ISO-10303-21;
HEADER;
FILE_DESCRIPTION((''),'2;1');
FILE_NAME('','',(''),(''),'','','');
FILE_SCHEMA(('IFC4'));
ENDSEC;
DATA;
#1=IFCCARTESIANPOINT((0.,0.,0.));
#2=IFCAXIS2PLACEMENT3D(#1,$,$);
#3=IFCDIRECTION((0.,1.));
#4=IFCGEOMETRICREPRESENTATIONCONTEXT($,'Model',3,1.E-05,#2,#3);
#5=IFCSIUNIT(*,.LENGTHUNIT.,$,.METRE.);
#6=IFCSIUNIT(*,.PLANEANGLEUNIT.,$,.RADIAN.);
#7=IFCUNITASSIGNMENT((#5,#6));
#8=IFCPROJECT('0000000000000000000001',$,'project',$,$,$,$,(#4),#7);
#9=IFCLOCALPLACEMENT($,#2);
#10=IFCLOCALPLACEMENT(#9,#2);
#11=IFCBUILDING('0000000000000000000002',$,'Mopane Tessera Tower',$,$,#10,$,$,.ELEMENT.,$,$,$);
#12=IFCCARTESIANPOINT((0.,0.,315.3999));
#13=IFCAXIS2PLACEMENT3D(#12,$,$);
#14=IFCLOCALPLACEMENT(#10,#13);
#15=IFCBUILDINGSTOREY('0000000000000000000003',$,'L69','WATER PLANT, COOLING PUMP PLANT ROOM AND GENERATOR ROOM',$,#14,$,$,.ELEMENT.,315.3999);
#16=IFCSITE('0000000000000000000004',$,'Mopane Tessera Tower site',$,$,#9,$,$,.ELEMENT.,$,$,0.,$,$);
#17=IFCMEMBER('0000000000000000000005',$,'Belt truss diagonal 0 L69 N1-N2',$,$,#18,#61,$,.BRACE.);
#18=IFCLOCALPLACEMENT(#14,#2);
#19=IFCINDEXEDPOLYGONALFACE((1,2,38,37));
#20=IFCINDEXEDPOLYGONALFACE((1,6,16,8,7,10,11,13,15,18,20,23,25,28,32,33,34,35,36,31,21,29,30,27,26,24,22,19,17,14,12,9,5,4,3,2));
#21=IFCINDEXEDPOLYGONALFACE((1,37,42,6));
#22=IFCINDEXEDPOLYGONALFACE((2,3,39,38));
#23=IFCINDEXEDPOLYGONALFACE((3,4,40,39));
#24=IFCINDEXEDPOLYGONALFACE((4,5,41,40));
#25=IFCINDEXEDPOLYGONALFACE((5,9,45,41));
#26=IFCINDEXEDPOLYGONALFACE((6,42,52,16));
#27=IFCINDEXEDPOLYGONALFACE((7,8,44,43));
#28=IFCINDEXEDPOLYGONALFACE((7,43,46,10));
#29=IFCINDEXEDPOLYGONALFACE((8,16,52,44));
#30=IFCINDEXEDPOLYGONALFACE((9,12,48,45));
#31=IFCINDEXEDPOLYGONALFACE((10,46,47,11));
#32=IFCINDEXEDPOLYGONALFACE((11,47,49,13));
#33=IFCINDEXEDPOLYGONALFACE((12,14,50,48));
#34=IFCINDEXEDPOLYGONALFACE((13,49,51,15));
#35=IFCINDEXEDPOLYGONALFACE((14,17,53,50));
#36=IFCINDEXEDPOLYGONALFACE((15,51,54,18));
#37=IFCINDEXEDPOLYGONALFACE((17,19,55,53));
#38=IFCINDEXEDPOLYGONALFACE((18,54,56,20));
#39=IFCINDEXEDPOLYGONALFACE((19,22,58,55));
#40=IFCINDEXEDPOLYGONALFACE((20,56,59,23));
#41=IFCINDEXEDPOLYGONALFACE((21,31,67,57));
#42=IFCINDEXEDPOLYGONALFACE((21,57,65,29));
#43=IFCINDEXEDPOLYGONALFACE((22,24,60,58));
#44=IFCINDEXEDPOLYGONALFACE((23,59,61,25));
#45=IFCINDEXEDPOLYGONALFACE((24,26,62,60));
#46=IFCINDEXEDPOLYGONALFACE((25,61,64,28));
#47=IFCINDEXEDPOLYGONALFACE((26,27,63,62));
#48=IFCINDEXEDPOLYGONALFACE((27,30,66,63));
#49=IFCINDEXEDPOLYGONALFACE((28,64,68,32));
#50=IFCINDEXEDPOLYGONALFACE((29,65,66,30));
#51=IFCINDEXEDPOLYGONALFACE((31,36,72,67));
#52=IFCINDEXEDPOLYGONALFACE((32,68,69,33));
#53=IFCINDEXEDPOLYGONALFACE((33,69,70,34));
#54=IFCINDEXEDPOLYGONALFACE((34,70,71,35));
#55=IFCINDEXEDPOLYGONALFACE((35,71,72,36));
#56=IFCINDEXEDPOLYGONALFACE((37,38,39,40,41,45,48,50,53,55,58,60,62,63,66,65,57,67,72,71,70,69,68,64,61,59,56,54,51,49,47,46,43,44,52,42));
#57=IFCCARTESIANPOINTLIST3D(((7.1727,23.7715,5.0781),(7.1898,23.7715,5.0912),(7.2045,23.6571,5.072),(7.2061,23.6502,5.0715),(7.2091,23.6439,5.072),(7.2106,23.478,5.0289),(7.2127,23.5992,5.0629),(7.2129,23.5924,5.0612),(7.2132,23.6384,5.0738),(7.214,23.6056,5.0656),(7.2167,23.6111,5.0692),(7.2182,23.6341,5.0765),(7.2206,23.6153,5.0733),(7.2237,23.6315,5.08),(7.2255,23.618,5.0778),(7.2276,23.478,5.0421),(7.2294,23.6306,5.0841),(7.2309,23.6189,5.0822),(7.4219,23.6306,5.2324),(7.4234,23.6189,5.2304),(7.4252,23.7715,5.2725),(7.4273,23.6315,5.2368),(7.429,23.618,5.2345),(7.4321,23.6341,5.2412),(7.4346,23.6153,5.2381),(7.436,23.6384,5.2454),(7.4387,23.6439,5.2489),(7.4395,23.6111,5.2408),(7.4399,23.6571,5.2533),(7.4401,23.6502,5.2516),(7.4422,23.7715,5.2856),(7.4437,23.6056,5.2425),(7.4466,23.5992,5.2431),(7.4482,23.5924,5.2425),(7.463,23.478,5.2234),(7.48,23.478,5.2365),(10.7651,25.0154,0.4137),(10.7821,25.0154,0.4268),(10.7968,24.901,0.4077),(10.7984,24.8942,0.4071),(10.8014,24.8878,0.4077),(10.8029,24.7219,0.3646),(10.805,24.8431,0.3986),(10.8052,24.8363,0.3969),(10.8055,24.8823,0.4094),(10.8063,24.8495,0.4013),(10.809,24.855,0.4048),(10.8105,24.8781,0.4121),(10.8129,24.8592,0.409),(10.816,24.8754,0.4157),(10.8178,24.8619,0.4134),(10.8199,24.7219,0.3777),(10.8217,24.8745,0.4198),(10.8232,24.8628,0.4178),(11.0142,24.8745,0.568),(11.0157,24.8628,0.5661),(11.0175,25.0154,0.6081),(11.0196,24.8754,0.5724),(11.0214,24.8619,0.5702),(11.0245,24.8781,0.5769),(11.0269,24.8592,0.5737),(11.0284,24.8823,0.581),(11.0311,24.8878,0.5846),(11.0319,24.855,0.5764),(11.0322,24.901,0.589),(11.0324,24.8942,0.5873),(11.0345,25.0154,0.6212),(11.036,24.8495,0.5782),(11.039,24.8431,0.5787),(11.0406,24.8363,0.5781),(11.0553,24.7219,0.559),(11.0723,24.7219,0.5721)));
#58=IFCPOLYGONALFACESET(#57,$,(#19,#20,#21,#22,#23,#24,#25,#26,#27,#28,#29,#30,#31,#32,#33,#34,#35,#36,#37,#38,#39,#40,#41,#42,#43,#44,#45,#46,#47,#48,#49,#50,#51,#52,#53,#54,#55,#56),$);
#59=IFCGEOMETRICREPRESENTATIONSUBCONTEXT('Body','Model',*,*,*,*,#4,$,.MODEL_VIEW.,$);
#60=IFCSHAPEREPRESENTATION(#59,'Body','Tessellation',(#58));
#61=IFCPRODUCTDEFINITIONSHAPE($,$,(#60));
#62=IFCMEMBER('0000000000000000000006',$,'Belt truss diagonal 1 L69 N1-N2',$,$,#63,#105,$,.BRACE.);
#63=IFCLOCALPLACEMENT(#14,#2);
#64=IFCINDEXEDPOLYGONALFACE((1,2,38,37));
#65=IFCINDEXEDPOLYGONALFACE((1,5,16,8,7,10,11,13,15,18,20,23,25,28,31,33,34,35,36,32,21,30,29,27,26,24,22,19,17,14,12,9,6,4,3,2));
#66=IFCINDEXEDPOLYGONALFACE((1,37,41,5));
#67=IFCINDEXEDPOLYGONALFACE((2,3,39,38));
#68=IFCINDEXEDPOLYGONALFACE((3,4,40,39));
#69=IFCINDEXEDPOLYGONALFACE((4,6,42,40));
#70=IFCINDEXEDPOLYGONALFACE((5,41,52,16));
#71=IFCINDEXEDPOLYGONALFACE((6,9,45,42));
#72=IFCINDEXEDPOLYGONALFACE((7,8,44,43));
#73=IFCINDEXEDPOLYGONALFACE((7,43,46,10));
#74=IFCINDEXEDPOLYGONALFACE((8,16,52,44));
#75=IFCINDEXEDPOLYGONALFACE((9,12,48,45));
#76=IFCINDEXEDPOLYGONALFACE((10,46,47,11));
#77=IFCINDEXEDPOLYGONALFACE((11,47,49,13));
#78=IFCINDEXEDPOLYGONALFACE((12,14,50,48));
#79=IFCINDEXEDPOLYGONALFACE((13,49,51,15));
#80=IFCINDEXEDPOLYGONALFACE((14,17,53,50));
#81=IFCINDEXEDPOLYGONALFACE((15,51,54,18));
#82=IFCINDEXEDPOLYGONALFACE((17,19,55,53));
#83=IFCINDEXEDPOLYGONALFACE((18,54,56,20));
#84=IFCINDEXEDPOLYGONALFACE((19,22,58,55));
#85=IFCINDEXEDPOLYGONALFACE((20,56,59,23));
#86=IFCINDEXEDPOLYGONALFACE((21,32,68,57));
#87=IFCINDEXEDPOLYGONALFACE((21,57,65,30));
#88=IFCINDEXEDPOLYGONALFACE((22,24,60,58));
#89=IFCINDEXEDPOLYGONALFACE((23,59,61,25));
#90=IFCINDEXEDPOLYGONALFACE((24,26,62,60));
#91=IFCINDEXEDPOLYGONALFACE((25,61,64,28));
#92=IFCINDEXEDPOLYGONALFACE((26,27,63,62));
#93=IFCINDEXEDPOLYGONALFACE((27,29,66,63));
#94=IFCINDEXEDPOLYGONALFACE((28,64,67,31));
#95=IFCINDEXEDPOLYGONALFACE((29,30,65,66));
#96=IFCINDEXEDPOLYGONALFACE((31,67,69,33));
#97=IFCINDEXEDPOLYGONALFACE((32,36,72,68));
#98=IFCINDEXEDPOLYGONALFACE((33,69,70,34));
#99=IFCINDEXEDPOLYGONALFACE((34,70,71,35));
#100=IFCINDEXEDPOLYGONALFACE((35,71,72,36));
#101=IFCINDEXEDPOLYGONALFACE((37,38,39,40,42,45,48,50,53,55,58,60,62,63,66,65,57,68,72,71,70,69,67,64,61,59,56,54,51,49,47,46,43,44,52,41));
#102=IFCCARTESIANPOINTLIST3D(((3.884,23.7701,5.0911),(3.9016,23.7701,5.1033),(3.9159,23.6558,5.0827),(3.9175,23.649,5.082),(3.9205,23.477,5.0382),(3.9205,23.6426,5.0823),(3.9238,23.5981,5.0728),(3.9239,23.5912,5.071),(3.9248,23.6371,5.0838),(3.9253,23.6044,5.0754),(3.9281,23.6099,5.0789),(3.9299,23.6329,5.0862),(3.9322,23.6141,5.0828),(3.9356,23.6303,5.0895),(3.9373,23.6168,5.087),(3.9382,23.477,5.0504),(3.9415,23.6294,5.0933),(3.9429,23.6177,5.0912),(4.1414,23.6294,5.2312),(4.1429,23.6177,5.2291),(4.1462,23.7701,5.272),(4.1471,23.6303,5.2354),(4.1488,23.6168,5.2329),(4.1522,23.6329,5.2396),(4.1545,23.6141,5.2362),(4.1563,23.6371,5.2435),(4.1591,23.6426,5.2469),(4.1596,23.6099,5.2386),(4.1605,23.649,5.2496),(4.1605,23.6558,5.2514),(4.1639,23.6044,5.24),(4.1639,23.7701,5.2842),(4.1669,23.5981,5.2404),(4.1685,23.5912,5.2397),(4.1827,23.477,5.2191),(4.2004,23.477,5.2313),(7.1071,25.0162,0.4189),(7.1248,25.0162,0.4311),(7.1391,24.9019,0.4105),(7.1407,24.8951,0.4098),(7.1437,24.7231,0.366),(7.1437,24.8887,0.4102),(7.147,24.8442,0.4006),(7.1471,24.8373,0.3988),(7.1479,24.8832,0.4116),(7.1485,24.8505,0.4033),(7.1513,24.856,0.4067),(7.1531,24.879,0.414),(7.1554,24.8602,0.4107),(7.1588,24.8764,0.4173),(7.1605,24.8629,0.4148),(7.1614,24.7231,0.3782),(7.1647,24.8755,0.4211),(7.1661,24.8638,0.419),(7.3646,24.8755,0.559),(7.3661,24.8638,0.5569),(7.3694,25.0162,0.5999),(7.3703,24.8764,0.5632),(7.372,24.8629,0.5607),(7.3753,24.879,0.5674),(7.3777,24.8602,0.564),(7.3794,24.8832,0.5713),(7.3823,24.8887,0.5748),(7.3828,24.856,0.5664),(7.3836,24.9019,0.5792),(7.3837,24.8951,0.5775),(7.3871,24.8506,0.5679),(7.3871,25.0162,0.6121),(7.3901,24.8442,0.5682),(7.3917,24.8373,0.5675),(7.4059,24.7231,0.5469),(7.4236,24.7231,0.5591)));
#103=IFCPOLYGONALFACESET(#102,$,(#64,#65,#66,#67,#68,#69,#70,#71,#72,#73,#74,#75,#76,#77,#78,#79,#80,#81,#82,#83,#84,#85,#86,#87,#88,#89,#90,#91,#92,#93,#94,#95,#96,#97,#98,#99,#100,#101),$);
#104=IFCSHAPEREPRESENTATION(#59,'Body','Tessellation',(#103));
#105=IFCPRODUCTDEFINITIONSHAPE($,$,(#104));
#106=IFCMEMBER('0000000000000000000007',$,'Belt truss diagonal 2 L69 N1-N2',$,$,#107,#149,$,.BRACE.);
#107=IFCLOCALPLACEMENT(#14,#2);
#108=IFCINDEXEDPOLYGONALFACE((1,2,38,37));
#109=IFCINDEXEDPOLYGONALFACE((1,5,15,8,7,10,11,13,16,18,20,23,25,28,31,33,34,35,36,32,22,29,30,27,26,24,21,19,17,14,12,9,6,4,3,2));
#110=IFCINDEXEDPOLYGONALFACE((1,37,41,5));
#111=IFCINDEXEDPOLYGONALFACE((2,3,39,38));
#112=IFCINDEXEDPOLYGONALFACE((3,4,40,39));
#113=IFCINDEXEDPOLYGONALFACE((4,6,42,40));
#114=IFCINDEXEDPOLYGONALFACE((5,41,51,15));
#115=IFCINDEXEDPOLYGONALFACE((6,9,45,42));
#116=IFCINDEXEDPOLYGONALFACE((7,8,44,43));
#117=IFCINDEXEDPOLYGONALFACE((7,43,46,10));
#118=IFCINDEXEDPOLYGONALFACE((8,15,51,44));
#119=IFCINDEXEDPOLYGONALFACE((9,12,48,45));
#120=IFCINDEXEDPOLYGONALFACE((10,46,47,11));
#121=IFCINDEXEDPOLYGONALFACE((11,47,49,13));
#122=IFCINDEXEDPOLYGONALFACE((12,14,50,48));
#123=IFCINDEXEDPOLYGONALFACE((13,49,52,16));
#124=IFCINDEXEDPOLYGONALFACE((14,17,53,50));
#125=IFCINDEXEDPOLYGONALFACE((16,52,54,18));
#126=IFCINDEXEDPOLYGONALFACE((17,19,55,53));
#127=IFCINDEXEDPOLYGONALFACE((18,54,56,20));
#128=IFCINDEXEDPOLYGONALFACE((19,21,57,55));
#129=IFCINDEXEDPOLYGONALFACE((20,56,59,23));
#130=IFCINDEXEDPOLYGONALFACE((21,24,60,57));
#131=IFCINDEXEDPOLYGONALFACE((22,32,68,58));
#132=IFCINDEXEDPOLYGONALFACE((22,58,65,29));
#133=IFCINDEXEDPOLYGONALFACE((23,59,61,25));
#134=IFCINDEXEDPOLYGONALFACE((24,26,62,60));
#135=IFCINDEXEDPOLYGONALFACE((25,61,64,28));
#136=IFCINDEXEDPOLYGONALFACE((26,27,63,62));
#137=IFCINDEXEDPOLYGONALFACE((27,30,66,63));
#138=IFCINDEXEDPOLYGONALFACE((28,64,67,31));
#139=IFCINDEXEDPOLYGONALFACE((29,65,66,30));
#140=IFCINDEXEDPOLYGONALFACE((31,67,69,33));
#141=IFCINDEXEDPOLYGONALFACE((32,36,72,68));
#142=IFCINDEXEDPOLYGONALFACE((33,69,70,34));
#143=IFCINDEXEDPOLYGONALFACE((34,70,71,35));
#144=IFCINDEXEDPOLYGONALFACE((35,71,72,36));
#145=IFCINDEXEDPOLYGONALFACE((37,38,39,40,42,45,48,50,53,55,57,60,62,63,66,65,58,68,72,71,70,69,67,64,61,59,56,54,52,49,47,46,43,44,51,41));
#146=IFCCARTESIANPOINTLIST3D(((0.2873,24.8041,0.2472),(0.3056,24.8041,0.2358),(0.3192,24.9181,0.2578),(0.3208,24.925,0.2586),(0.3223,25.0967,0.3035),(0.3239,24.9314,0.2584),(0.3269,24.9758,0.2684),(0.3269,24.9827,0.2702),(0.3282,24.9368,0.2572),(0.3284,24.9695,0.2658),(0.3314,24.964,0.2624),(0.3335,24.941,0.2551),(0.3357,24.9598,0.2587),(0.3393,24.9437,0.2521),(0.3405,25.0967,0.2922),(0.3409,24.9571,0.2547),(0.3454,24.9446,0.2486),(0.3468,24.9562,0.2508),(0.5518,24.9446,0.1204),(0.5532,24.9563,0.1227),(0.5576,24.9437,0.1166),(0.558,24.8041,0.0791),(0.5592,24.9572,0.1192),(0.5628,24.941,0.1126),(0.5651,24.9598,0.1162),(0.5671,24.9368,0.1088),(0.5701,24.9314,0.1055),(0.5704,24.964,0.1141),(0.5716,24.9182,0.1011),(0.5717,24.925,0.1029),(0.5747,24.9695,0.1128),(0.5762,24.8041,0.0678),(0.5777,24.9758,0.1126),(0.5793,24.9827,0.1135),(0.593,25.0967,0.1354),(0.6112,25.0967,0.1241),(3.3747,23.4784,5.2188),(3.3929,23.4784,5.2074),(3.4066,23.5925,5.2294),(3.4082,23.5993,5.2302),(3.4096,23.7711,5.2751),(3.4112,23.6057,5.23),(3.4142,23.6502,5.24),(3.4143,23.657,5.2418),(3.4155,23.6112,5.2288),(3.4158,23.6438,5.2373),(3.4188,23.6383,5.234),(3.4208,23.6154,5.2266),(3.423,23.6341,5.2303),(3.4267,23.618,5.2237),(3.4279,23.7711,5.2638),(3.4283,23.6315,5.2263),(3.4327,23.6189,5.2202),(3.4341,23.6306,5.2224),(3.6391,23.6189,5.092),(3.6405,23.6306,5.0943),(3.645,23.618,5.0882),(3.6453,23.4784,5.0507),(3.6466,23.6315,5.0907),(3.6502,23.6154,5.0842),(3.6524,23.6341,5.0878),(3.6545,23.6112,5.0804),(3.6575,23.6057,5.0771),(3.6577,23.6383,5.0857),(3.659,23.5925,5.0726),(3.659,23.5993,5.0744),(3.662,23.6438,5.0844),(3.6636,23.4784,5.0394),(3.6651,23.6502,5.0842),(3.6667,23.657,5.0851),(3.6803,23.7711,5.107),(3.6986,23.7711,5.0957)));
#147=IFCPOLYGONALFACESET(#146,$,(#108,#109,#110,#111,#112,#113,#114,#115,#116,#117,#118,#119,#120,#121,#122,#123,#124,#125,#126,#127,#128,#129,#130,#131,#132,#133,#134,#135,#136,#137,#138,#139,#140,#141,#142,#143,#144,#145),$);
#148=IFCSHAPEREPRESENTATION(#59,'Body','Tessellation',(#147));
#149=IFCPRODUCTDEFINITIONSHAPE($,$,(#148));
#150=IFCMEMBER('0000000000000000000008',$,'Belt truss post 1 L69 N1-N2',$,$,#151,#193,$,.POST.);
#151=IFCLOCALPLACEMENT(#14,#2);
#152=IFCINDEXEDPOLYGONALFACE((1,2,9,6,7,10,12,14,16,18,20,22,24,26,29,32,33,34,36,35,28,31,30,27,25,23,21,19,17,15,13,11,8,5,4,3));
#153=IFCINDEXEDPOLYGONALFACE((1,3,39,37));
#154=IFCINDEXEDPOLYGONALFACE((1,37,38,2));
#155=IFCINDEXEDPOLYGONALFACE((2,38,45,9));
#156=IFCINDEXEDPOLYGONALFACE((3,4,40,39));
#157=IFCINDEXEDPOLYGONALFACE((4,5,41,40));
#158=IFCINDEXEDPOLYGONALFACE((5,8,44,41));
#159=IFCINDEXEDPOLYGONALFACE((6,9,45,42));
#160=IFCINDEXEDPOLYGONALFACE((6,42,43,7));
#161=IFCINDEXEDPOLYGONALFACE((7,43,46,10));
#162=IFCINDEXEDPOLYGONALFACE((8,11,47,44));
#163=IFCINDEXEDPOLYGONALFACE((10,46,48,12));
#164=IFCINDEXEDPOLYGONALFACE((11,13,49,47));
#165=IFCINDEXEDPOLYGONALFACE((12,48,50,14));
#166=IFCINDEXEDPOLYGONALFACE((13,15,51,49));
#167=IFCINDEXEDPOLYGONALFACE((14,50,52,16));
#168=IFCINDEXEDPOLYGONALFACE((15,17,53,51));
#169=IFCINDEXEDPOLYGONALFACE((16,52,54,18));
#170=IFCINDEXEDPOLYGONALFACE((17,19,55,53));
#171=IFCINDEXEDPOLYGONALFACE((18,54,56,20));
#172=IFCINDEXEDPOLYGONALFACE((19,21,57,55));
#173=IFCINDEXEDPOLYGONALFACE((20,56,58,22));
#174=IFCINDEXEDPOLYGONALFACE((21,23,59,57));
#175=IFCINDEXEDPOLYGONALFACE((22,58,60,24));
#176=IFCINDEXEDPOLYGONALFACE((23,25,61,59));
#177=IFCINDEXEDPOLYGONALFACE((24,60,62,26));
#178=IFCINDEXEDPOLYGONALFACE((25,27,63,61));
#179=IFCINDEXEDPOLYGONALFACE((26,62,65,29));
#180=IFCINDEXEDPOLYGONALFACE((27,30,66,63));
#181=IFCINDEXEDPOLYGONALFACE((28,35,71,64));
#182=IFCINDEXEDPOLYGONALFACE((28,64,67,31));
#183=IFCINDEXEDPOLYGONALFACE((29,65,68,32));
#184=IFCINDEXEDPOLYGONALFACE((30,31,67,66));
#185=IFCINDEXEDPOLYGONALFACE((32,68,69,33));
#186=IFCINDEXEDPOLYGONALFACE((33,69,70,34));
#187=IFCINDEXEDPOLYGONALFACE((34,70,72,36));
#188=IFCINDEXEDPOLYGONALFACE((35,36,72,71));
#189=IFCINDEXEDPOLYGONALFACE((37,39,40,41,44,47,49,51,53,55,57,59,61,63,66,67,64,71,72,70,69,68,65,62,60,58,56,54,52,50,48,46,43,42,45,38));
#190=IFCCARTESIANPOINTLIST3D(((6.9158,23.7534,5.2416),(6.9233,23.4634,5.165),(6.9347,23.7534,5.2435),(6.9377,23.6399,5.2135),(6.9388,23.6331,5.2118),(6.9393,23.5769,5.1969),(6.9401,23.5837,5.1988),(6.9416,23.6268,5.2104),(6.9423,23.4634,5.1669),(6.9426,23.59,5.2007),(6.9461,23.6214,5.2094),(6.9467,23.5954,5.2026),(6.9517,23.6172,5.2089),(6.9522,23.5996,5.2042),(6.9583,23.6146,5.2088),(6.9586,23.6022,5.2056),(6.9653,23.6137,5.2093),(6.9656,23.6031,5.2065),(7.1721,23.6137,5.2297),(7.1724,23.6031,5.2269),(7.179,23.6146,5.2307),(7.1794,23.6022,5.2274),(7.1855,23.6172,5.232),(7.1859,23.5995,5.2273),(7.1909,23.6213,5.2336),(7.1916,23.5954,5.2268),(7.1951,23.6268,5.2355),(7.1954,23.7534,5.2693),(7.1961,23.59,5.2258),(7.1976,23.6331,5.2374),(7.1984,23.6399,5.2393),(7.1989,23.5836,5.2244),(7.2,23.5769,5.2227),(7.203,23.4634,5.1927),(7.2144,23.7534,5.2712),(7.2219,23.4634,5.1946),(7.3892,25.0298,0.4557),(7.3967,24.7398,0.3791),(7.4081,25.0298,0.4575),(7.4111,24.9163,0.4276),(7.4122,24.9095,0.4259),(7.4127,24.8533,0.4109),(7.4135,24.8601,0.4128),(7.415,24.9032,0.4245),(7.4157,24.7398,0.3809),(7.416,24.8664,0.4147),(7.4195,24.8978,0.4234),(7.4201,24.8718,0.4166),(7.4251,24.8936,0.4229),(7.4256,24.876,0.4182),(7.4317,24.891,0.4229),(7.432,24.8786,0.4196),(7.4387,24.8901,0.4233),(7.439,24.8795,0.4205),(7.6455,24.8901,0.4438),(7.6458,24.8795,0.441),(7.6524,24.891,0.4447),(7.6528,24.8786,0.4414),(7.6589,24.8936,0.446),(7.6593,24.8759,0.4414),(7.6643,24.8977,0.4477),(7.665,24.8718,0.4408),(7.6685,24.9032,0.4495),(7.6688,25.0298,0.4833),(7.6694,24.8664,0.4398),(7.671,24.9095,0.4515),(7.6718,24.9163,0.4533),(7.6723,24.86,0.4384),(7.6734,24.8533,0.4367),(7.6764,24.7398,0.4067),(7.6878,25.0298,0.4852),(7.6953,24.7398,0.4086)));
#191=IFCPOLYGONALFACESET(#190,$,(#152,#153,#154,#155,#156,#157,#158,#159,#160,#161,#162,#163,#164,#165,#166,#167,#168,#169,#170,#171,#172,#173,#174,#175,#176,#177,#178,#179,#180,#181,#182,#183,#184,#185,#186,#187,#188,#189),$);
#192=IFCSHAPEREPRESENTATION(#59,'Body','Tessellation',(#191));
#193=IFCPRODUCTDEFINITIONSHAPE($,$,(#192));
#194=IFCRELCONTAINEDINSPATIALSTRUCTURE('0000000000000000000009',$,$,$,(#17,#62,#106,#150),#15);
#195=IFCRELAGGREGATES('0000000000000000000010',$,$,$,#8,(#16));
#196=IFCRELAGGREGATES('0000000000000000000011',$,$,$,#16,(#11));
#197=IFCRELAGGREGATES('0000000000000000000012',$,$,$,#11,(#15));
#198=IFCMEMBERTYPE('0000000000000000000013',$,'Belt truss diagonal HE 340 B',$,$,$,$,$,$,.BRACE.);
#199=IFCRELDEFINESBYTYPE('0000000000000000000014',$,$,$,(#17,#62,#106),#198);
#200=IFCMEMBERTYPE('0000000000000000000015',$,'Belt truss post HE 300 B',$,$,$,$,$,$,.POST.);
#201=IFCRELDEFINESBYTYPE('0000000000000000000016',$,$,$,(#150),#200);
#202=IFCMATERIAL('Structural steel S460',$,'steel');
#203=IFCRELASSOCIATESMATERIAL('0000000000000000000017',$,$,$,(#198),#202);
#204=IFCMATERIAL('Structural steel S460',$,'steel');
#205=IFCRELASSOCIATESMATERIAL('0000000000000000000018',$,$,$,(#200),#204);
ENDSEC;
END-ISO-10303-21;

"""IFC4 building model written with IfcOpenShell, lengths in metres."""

from ifc_helpers import new_model, si_unit, direction, frame, origin, origin_2d, place, context, subcontext, project, spatial, i_section, extrude, material, material_profile, profile_set, type_object, element, save


model = new_model("IFC4")

# Units and contexts
model_context = context("Model", 3, precision=1e-05, world=origin(), true_north=direction((0.0, 1.0)))
body_context = subcontext(model_context, "Body", "Model", "MODEL_VIEW")
ifc_project = project(units=[si_unit("LENGTHUNIT", "METRE"), si_unit("PLANEANGLEUNIT", "RADIAN")], contexts=[model_context])

# Site, building, storey
site_placement = place(None, origin())
site = spatial("IfcSite", under=ifc_project, at=site_placement, Name="Mopane Tessera Tower site", CompositionType="ELEMENT", RefElevation=0.0)
building_placement = place(site_placement, origin())
building = spatial("IfcBuilding", under=site, at=building_placement, Name="Mopane Tessera Tower", CompositionType="ELEMENT")
storey_placement = place(building_placement, frame((0.0, 0.0, 315.3999)))
storey = spatial("IfcBuildingStorey", under=building, at=storey_placement, Name="L69", Description="WATER PLANT, COOLING PUMP PLANT ROOM AND GENERATOR ROOM", CompositionType="ELEMENT", Elevation=315.3999)

# Members
ifc_material_1 = material(Name="Structural steel S460", Category="steel")
ifc_material_profile_1 = material_profile(ifc_material_1, i_section(OverallWidth=0.3, OverallDepth=0.3401, WebThickness=0.012, FlangeThickness=0.0215, FilletRadius=0.0271, at=origin_2d()))
ifc_profile_set_1 = profile_set([ifc_material_profile_1], Name="Structural steel S460")
member_type_1 = type_object("IfcMemberType", Name="Belt truss diagonal HE 340 B", PredefinedType="BRACE", material=ifc_profile_set_1)
member_1_placement = place(storey_placement, frame((10.9187, 24.8687, 0.4929), z_axis=(-0.596996, -0.206721, 0.775153), x_axis=(0.126137, -0.9784, -0.163778)))
element("IfcMember", 1, at=member_1_placement, inside=storey, type_object=member_type_1, Name="Belt truss diagonal 0 L69 N1-N2", PredefinedType="BRACE", context=body_context, shape_type="SweptSolid", body=[
    extrude(i_section(OverallWidth=0.3, OverallDepth=0.3401, WebThickness=0.012, FlangeThickness=0.0215, FilletRadius=0.0271, at=origin_2d()), origin(), (0.0, 0.0, 1.0), 6.0173),
])
member_2_placement = place(storey_placement, frame((7.2654, 24.8696, 0.489), z_axis=(-0.554643, -0.214429, 0.803985), x_axis=(0.121783, -0.976739, -0.17649)))
element("IfcMember", 2, at=member_2_placement, inside=storey, type_object=member_type_1, Name="Belt truss diagonal 1 L69 N1-N2", PredefinedType="BRACE", context=body_context, shape_type="SweptSolid", body=[
    extrude(i_section(OverallWidth=0.3, OverallDepth=0.3401, WebThickness=0.012, FlangeThickness=0.0215, FilletRadius=0.0271, at=origin_2d()), origin(), (0.0, 0.0, 1.0), 5.8113),
])
member_3_placement = place(storey_placement, frame((3.5366, 23.6248, 5.1572), z_axis=(-0.514516, 0.220926, -0.828532), x_axis=(-0.116525, -0.975291, -0.187697)))
element("IfcMember", 3, at=member_3_placement, inside=storey, type_object=member_type_1, Name="Belt truss diagonal 2 L69 N1-N2", PredefinedType="BRACE", context=body_context, shape_type="SweptSolid", body=[
    extrude(i_section(OverallWidth=0.3, OverallDepth=0.3401, WebThickness=0.012, FlangeThickness=0.0215, FilletRadius=0.0271, at=origin_2d()), origin(), (0.0, 0.0, 1.0), 6.0005),
])
ifc_material_2 = material(Name="Structural steel S460", Category="steel")
ifc_material_profile_2 = material_profile(ifc_material_2, i_section(OverallWidth=0.3, OverallDepth=0.3, WebThickness=0.011, FlangeThickness=0.019, FilletRadius=0.0271, at=origin_2d()))
ifc_profile_set_2 = profile_set([ifc_material_profile_2], Name="Structural steel S460")
member_type_2 = type_object("IfcMemberType", Name="Belt truss post HE 300 B", PredefinedType="POST", material=ifc_profile_set_2)
member_4_placement = place(storey_placement, frame((7.5422, 24.8848, 0.4321), z_axis=(-0.095139, -0.256518, 0.961846), x_axis=(0.02519, -0.966539, -0.255279)))
element("IfcMember", 4, at=member_4_placement, inside=storey, type_object=member_type_2, Name="Belt truss post 1 L69 N1-N2", PredefinedType="POST", context=body_context, shape_type="SweptSolid", body=[
    extrude(i_section(OverallWidth=0.3, OverallDepth=0.3, WebThickness=0.011, FlangeThickness=0.019, FilletRadius=0.0271, at=origin_2d()), origin(), (0.0, 0.0, 1.0), 4.9758),
])

save(model, "model.ifc")
